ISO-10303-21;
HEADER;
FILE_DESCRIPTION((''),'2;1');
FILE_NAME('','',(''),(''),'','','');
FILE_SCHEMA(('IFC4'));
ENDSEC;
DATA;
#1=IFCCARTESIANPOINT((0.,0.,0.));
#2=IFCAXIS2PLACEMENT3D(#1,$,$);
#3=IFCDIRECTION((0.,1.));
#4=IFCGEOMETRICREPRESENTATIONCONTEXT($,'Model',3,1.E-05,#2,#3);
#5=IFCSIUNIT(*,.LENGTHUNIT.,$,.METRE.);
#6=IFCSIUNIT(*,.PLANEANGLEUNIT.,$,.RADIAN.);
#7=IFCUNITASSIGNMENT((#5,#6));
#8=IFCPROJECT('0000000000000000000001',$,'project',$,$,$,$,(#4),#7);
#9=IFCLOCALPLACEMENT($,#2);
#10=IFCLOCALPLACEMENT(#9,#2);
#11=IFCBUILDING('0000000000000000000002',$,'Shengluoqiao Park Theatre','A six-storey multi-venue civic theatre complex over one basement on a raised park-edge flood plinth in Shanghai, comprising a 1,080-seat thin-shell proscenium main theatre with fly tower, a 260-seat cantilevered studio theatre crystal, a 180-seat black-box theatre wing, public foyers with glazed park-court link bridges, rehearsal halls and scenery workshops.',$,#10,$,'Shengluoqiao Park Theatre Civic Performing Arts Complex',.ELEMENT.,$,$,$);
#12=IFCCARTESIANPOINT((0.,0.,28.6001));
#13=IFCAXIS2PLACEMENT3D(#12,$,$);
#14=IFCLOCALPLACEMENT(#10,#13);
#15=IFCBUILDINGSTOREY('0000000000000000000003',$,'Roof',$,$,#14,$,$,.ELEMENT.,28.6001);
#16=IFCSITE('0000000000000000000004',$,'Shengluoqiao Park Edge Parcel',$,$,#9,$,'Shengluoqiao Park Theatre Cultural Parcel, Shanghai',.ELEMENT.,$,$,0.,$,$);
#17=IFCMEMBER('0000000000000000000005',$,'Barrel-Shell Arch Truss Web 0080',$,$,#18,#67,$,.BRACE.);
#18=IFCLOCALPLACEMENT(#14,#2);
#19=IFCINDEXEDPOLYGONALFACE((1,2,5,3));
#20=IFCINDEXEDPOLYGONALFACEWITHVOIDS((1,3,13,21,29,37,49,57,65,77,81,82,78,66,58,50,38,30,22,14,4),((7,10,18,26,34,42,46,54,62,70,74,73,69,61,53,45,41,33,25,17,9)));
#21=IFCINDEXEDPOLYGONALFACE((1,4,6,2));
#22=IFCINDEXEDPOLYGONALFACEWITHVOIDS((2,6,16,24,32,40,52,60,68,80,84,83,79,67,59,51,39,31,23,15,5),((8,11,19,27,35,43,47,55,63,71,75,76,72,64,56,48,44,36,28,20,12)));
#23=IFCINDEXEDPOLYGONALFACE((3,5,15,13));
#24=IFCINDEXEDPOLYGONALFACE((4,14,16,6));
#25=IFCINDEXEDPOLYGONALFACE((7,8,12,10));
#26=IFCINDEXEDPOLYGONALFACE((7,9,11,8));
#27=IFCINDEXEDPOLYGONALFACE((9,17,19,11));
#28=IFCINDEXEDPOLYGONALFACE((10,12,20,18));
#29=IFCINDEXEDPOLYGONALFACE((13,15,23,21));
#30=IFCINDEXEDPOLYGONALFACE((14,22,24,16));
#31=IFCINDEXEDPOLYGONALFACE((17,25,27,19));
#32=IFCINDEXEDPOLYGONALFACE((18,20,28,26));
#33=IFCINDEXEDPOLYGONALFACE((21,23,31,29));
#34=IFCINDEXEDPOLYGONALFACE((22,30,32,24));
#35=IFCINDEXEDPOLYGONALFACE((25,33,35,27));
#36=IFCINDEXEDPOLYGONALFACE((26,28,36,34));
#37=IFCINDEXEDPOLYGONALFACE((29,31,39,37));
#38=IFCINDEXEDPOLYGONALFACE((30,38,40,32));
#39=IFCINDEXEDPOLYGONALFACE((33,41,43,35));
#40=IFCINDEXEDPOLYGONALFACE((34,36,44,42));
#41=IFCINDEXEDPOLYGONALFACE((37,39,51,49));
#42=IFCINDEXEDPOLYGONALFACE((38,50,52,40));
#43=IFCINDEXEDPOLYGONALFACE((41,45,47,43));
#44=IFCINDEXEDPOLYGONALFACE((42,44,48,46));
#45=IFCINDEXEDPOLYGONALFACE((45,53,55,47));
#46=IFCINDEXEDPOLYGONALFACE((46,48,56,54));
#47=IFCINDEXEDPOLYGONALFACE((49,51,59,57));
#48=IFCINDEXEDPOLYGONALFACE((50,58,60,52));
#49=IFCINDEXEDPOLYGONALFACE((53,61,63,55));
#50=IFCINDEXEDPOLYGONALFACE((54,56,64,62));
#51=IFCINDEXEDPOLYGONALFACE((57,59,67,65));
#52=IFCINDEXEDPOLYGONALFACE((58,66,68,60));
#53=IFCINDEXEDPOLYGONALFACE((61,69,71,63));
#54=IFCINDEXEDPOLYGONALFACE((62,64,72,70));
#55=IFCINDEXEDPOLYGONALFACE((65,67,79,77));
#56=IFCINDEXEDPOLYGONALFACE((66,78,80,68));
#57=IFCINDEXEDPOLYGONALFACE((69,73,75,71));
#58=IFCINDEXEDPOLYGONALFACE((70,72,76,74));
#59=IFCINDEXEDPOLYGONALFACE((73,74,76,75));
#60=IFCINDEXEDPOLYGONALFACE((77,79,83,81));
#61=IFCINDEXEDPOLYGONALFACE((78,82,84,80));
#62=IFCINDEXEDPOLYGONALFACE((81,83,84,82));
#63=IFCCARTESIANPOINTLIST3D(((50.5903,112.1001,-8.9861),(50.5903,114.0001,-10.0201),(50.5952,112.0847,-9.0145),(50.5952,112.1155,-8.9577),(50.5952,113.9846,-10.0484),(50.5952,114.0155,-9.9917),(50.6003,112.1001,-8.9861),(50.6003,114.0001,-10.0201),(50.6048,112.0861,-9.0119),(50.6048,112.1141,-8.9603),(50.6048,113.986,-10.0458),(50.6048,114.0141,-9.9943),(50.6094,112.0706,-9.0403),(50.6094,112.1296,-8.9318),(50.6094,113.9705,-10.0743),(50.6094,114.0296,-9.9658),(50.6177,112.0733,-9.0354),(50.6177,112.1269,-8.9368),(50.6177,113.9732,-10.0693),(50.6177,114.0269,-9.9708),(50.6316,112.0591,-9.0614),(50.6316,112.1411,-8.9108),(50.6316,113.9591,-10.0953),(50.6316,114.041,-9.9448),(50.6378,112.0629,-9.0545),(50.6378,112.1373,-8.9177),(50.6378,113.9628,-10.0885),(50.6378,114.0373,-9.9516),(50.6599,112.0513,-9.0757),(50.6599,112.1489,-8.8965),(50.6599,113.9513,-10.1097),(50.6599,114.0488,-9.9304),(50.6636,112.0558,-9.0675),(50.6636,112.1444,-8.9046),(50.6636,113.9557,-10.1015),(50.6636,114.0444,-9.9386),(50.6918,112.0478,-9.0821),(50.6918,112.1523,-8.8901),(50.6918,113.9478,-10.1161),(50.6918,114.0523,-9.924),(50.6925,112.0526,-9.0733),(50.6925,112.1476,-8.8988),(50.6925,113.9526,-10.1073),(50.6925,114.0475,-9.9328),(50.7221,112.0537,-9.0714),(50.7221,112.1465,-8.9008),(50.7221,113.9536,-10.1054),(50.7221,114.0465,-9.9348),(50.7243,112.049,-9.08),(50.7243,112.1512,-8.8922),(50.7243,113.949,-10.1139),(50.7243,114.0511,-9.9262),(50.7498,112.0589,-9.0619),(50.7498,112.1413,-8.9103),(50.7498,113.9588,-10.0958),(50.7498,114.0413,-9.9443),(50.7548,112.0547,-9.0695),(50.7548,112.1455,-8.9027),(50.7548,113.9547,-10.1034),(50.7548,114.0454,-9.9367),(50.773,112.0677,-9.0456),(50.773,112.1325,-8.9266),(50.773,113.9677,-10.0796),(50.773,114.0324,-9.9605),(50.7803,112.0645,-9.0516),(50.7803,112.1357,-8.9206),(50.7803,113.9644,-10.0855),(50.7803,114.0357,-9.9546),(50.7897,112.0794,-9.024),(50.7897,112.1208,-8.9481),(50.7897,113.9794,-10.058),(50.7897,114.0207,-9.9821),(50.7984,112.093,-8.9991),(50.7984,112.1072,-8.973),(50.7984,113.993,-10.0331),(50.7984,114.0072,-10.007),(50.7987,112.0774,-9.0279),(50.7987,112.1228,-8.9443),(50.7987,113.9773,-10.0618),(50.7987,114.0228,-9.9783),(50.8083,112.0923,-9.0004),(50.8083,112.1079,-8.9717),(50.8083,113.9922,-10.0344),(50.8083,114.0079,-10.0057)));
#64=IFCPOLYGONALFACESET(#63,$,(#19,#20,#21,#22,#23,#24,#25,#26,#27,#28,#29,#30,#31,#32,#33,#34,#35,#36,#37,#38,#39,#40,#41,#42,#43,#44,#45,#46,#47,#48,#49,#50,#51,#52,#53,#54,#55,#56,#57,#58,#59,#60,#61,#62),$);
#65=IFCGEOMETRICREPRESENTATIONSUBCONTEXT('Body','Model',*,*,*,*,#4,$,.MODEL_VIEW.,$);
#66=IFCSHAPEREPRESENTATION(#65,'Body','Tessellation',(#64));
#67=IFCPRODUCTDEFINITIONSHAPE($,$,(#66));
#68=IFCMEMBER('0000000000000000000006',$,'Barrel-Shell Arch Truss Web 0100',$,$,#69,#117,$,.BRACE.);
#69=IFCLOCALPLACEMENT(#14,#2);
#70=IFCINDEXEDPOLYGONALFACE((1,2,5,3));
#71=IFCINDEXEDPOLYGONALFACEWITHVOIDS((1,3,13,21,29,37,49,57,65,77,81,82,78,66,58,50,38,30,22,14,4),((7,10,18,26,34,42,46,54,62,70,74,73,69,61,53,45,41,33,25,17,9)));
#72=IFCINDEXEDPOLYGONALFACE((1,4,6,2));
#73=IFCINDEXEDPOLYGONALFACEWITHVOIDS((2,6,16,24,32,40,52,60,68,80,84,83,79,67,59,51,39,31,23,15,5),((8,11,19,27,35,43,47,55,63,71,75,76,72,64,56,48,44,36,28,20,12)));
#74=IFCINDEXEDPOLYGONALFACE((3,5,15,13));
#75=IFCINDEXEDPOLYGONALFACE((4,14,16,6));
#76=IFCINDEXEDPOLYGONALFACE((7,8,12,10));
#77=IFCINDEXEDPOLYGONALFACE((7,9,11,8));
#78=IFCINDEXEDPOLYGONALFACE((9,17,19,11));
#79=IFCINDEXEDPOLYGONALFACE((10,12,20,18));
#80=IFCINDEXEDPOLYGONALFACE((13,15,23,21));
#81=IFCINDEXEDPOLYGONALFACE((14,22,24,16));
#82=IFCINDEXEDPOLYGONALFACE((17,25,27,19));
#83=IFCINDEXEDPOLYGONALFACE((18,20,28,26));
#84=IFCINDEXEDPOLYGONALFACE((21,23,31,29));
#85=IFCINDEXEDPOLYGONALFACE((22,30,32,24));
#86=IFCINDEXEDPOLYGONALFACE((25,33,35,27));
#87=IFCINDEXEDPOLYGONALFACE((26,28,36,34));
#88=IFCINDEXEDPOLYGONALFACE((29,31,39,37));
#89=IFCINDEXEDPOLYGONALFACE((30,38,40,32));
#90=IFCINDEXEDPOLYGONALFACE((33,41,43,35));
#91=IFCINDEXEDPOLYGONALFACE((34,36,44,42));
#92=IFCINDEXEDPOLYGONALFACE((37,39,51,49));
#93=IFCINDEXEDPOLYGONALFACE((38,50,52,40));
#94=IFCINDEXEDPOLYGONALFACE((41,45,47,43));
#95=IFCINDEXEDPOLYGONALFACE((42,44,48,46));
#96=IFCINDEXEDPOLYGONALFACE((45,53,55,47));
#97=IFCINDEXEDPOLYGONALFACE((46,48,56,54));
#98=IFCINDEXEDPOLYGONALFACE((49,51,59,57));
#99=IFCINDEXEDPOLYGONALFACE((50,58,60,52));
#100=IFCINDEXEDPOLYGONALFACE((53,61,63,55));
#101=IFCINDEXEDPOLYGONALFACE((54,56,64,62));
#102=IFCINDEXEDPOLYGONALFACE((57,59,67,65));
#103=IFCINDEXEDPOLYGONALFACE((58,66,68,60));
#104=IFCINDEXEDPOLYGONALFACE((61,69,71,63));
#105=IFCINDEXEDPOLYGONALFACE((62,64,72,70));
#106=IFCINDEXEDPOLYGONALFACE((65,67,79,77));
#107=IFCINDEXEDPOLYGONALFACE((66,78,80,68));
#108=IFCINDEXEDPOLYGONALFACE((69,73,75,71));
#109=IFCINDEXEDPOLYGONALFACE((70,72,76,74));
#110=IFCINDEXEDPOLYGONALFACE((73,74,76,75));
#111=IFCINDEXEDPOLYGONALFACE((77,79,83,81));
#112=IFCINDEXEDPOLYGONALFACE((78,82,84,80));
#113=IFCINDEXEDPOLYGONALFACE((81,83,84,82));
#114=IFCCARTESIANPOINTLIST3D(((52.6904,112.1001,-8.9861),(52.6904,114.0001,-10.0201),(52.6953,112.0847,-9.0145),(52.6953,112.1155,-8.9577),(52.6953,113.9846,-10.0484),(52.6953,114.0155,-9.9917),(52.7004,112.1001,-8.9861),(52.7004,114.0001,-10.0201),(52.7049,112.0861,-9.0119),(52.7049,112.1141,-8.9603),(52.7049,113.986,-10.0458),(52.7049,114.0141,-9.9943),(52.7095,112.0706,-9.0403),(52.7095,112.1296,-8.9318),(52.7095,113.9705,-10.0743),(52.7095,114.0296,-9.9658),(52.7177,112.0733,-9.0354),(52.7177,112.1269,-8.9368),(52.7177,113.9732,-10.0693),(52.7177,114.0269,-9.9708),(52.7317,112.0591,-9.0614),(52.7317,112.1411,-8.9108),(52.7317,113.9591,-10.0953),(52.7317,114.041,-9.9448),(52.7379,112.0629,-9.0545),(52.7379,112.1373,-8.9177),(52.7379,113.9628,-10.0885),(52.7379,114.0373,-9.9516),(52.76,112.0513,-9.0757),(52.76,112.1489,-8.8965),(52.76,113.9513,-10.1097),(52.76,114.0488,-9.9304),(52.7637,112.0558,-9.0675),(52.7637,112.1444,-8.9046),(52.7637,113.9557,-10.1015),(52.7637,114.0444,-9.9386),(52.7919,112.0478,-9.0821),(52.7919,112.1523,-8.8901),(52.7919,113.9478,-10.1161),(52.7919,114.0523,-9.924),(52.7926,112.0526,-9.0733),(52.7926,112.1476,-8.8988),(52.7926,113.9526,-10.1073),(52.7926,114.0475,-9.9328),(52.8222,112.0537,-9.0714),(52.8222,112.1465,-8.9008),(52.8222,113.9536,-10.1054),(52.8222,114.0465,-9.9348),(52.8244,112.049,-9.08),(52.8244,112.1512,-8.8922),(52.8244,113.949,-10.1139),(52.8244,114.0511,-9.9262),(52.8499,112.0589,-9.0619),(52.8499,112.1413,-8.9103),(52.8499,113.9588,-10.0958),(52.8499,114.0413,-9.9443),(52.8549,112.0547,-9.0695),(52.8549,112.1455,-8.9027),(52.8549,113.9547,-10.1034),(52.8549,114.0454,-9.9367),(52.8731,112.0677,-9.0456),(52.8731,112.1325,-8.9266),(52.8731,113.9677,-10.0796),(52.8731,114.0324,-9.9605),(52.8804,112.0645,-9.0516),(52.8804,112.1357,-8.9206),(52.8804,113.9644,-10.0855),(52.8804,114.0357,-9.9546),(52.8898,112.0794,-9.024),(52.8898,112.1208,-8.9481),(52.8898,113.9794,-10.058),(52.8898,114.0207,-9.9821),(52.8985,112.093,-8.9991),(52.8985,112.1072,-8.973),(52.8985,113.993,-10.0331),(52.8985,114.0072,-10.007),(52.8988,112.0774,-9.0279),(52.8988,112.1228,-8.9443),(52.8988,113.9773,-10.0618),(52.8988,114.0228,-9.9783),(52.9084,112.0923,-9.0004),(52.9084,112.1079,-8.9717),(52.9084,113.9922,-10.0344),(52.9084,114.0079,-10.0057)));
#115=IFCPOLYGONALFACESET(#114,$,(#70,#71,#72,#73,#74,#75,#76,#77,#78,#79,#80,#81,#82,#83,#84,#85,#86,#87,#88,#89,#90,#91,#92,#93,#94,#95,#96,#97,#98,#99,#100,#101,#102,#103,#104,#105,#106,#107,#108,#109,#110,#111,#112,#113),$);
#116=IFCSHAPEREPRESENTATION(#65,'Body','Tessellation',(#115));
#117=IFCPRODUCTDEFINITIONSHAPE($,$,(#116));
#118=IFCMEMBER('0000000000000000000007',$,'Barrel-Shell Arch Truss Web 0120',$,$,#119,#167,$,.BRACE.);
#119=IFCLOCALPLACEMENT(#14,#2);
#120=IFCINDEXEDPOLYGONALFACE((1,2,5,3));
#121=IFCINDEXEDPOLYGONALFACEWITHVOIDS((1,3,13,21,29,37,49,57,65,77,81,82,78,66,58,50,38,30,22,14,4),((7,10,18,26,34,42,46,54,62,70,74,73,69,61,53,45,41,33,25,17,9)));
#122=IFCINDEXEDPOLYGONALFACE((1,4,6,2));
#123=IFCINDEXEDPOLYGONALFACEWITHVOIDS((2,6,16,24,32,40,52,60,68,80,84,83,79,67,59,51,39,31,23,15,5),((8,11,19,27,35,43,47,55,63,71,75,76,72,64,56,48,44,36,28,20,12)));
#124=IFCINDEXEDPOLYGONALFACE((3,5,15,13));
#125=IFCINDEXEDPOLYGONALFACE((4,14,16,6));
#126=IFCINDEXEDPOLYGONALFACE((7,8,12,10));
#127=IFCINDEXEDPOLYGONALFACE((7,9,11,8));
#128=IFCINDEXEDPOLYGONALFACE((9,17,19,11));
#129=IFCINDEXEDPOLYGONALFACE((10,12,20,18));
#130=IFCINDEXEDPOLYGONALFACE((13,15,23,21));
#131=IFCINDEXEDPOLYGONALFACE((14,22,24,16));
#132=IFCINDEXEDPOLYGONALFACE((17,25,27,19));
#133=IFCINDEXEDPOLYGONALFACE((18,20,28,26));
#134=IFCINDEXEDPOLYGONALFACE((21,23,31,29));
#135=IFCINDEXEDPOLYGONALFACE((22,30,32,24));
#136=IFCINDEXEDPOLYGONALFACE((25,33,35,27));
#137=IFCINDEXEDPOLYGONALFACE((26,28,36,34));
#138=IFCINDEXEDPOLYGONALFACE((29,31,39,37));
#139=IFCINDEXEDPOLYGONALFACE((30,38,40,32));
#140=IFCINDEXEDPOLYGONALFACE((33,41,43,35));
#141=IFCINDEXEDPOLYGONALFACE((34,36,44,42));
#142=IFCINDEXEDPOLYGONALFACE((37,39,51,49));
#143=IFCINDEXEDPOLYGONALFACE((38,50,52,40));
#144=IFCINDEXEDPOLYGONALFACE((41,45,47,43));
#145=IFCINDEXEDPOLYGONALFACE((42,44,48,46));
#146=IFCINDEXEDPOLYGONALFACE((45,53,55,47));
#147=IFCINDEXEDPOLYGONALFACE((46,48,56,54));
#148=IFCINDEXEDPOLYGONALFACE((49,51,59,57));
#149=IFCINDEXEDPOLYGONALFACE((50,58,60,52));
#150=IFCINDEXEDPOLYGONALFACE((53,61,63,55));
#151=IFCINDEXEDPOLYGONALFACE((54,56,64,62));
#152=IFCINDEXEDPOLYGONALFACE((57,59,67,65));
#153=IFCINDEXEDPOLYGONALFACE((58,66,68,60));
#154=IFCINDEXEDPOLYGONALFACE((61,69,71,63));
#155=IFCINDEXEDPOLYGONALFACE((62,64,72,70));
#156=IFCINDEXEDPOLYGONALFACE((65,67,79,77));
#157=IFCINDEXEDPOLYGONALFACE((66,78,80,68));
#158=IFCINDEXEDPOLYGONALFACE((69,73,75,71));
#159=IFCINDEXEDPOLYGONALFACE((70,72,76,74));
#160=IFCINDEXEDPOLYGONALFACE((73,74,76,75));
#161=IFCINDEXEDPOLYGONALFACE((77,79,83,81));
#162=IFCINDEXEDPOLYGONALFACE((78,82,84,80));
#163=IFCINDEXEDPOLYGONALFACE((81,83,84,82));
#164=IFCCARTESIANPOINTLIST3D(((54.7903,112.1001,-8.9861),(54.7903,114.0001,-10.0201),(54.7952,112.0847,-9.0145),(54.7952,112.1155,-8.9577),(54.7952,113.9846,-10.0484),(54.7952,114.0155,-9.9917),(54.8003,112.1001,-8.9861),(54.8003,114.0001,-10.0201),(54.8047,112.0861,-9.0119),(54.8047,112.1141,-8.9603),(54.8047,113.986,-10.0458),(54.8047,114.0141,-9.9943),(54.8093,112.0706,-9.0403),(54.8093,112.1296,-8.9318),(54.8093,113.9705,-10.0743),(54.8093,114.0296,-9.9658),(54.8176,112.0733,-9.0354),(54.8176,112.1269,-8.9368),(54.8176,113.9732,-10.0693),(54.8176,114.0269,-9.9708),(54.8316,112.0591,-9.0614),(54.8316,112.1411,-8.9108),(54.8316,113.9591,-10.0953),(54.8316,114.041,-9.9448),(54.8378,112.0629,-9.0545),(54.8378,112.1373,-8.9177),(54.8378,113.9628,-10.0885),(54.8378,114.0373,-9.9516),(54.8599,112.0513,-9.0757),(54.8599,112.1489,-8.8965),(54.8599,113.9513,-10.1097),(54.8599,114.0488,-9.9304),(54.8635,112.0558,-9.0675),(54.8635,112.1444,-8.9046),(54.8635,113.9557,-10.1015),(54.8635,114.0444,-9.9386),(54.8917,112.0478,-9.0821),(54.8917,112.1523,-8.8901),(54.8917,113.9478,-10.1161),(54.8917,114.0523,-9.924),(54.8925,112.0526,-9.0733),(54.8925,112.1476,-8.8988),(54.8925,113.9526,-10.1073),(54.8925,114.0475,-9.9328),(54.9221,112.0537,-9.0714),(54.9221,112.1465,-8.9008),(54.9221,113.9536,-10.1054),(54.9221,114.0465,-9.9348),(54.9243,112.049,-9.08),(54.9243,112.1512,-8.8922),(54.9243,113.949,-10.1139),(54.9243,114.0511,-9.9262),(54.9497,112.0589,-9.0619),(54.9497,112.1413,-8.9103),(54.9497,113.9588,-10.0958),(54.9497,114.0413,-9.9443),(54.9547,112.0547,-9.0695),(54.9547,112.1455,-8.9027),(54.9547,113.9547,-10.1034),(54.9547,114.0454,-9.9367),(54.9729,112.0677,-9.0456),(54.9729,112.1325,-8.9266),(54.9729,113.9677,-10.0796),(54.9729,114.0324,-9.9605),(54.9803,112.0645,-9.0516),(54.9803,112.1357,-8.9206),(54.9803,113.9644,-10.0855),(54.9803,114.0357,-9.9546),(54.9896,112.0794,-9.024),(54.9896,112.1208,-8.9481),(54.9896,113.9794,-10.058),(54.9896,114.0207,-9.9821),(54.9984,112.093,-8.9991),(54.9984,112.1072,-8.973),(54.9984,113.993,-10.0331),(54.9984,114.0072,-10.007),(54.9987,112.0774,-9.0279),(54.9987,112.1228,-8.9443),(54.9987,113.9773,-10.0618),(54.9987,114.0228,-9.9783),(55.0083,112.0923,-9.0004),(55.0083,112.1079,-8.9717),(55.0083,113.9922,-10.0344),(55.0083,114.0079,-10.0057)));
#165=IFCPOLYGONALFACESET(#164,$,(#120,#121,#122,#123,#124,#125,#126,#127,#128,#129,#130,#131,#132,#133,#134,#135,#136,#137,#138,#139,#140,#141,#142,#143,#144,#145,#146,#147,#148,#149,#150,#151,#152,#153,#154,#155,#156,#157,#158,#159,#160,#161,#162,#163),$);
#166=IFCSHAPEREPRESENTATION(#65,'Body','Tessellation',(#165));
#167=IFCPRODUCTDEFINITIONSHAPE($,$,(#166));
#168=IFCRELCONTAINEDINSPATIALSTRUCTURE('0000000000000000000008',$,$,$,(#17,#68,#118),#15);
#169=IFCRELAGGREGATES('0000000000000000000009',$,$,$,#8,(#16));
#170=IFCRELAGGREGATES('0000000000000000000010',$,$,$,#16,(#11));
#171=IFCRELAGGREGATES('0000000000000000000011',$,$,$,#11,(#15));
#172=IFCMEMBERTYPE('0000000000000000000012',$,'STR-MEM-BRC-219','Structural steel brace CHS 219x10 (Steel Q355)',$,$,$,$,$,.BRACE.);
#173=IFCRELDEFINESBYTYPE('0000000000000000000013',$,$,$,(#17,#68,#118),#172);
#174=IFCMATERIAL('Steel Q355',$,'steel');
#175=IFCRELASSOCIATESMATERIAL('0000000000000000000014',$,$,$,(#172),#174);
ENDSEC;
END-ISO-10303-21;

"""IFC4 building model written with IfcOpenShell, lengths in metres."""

from ifc_helpers import new_model, si_unit, direction, frame, origin, origin_2d, place, context, subcontext, project, spatial, hollow_circle, extrude, material, material_profile, profile_set, type_object, element, save


model = new_model("IFC4")

# Units and contexts
model_context = context("Model", 3, precision=1e-05, world=origin(), true_north=direction((0.0, 1.0)))
body_context = subcontext(model_context, "Body", "Model", "MODEL_VIEW")
ifc_project = project(units=[si_unit("LENGTHUNIT", "METRE"), si_unit("PLANEANGLEUNIT", "RADIAN")], contexts=[model_context])

# Site, building, storey
site_placement = place(None, origin())
site = spatial("IfcSite", under=ifc_project, at=site_placement, Name="Shengluoqiao Park Edge Parcel", LongName="Shengluoqiao Park Theatre Cultural Parcel, Shanghai", CompositionType="ELEMENT", RefElevation=0.0)
building_placement = place(site_placement, origin())
building = spatial("IfcBuilding", under=site, at=building_placement, Name="Shengluoqiao Park Theatre", Description="A six-storey multi-venue civic theatre complex over one basement on a raised park-edge flood plinth in Shanghai, comprising a 1,080-seat thin-shell proscenium main theatre with fly tower, a 260-seat cantilevered studio theatre crystal, a 180-seat black-box theatre wing, public foyers with glazed park-court link bridges, rehearsal halls and scenery workshops.", LongName="Shengluoqiao Park Theatre Civic Performing Arts Complex", CompositionType="ELEMENT")
storey_placement = place(building_placement, frame((0.0, 0.0, 28.6001)))
storey = spatial("IfcBuildingStorey", under=building, at=storey_placement, Name="Roof", CompositionType="ELEMENT", Elevation=28.6001)

# Shared definitions
ifc_material_1 = material(Name="Steel Q355", Category="steel")

# Members
ifc_material_profile_1 = material_profile(ifc_material_1, hollow_circle(Radius=0.1096, WallThickness=0.01, at=origin_2d()), Name="CHS 219x10")
ifc_profile_set_1 = profile_set([ifc_material_profile_1], Name="Steel Q355")
member_type_1 = type_object("IfcMemberType", Name="STR-MEM-BRC-219", Description="Structural steel brace CHS 219x10 (Steel Q355)", PredefinedType="BRACE", material=ifc_profile_set_1)
for number, where, z_axis, x_axis, name in (
    (1, (50.7, 112.1001, -8.9861), (0.0, 0.878357, -0.478006), (-1.0, 0.0, 0.0), "Barrel-Shell Arch Truss Web 0080"),
    (2, (52.8, 112.1001, -8.9861), (0.0, 0.878357, -0.478006), (-1.0, 0.0, 0.0), "Barrel-Shell Arch Truss Web 0100"),
    (3, (54.8999, 112.1001, -8.9861), (0.0, 0.878357, -0.478006), (-1.0, 0.0, 0.0), "Barrel-Shell Arch Truss Web 0120"),
):
    element("IfcMember", number, at=place(storey_placement, frame(where, z_axis=z_axis, x_axis=x_axis)), inside=storey, type_object=member_type_1, Name=name, PredefinedType="BRACE", context=body_context, shape_type="SweptSolid", body=[
        extrude(hollow_circle(Radius=0.1096, WallThickness=0.01, at=origin_2d()), origin(), (0.0, 0.0, 1.0), 2.1631),
    ])

save(model, "model.ifc")
